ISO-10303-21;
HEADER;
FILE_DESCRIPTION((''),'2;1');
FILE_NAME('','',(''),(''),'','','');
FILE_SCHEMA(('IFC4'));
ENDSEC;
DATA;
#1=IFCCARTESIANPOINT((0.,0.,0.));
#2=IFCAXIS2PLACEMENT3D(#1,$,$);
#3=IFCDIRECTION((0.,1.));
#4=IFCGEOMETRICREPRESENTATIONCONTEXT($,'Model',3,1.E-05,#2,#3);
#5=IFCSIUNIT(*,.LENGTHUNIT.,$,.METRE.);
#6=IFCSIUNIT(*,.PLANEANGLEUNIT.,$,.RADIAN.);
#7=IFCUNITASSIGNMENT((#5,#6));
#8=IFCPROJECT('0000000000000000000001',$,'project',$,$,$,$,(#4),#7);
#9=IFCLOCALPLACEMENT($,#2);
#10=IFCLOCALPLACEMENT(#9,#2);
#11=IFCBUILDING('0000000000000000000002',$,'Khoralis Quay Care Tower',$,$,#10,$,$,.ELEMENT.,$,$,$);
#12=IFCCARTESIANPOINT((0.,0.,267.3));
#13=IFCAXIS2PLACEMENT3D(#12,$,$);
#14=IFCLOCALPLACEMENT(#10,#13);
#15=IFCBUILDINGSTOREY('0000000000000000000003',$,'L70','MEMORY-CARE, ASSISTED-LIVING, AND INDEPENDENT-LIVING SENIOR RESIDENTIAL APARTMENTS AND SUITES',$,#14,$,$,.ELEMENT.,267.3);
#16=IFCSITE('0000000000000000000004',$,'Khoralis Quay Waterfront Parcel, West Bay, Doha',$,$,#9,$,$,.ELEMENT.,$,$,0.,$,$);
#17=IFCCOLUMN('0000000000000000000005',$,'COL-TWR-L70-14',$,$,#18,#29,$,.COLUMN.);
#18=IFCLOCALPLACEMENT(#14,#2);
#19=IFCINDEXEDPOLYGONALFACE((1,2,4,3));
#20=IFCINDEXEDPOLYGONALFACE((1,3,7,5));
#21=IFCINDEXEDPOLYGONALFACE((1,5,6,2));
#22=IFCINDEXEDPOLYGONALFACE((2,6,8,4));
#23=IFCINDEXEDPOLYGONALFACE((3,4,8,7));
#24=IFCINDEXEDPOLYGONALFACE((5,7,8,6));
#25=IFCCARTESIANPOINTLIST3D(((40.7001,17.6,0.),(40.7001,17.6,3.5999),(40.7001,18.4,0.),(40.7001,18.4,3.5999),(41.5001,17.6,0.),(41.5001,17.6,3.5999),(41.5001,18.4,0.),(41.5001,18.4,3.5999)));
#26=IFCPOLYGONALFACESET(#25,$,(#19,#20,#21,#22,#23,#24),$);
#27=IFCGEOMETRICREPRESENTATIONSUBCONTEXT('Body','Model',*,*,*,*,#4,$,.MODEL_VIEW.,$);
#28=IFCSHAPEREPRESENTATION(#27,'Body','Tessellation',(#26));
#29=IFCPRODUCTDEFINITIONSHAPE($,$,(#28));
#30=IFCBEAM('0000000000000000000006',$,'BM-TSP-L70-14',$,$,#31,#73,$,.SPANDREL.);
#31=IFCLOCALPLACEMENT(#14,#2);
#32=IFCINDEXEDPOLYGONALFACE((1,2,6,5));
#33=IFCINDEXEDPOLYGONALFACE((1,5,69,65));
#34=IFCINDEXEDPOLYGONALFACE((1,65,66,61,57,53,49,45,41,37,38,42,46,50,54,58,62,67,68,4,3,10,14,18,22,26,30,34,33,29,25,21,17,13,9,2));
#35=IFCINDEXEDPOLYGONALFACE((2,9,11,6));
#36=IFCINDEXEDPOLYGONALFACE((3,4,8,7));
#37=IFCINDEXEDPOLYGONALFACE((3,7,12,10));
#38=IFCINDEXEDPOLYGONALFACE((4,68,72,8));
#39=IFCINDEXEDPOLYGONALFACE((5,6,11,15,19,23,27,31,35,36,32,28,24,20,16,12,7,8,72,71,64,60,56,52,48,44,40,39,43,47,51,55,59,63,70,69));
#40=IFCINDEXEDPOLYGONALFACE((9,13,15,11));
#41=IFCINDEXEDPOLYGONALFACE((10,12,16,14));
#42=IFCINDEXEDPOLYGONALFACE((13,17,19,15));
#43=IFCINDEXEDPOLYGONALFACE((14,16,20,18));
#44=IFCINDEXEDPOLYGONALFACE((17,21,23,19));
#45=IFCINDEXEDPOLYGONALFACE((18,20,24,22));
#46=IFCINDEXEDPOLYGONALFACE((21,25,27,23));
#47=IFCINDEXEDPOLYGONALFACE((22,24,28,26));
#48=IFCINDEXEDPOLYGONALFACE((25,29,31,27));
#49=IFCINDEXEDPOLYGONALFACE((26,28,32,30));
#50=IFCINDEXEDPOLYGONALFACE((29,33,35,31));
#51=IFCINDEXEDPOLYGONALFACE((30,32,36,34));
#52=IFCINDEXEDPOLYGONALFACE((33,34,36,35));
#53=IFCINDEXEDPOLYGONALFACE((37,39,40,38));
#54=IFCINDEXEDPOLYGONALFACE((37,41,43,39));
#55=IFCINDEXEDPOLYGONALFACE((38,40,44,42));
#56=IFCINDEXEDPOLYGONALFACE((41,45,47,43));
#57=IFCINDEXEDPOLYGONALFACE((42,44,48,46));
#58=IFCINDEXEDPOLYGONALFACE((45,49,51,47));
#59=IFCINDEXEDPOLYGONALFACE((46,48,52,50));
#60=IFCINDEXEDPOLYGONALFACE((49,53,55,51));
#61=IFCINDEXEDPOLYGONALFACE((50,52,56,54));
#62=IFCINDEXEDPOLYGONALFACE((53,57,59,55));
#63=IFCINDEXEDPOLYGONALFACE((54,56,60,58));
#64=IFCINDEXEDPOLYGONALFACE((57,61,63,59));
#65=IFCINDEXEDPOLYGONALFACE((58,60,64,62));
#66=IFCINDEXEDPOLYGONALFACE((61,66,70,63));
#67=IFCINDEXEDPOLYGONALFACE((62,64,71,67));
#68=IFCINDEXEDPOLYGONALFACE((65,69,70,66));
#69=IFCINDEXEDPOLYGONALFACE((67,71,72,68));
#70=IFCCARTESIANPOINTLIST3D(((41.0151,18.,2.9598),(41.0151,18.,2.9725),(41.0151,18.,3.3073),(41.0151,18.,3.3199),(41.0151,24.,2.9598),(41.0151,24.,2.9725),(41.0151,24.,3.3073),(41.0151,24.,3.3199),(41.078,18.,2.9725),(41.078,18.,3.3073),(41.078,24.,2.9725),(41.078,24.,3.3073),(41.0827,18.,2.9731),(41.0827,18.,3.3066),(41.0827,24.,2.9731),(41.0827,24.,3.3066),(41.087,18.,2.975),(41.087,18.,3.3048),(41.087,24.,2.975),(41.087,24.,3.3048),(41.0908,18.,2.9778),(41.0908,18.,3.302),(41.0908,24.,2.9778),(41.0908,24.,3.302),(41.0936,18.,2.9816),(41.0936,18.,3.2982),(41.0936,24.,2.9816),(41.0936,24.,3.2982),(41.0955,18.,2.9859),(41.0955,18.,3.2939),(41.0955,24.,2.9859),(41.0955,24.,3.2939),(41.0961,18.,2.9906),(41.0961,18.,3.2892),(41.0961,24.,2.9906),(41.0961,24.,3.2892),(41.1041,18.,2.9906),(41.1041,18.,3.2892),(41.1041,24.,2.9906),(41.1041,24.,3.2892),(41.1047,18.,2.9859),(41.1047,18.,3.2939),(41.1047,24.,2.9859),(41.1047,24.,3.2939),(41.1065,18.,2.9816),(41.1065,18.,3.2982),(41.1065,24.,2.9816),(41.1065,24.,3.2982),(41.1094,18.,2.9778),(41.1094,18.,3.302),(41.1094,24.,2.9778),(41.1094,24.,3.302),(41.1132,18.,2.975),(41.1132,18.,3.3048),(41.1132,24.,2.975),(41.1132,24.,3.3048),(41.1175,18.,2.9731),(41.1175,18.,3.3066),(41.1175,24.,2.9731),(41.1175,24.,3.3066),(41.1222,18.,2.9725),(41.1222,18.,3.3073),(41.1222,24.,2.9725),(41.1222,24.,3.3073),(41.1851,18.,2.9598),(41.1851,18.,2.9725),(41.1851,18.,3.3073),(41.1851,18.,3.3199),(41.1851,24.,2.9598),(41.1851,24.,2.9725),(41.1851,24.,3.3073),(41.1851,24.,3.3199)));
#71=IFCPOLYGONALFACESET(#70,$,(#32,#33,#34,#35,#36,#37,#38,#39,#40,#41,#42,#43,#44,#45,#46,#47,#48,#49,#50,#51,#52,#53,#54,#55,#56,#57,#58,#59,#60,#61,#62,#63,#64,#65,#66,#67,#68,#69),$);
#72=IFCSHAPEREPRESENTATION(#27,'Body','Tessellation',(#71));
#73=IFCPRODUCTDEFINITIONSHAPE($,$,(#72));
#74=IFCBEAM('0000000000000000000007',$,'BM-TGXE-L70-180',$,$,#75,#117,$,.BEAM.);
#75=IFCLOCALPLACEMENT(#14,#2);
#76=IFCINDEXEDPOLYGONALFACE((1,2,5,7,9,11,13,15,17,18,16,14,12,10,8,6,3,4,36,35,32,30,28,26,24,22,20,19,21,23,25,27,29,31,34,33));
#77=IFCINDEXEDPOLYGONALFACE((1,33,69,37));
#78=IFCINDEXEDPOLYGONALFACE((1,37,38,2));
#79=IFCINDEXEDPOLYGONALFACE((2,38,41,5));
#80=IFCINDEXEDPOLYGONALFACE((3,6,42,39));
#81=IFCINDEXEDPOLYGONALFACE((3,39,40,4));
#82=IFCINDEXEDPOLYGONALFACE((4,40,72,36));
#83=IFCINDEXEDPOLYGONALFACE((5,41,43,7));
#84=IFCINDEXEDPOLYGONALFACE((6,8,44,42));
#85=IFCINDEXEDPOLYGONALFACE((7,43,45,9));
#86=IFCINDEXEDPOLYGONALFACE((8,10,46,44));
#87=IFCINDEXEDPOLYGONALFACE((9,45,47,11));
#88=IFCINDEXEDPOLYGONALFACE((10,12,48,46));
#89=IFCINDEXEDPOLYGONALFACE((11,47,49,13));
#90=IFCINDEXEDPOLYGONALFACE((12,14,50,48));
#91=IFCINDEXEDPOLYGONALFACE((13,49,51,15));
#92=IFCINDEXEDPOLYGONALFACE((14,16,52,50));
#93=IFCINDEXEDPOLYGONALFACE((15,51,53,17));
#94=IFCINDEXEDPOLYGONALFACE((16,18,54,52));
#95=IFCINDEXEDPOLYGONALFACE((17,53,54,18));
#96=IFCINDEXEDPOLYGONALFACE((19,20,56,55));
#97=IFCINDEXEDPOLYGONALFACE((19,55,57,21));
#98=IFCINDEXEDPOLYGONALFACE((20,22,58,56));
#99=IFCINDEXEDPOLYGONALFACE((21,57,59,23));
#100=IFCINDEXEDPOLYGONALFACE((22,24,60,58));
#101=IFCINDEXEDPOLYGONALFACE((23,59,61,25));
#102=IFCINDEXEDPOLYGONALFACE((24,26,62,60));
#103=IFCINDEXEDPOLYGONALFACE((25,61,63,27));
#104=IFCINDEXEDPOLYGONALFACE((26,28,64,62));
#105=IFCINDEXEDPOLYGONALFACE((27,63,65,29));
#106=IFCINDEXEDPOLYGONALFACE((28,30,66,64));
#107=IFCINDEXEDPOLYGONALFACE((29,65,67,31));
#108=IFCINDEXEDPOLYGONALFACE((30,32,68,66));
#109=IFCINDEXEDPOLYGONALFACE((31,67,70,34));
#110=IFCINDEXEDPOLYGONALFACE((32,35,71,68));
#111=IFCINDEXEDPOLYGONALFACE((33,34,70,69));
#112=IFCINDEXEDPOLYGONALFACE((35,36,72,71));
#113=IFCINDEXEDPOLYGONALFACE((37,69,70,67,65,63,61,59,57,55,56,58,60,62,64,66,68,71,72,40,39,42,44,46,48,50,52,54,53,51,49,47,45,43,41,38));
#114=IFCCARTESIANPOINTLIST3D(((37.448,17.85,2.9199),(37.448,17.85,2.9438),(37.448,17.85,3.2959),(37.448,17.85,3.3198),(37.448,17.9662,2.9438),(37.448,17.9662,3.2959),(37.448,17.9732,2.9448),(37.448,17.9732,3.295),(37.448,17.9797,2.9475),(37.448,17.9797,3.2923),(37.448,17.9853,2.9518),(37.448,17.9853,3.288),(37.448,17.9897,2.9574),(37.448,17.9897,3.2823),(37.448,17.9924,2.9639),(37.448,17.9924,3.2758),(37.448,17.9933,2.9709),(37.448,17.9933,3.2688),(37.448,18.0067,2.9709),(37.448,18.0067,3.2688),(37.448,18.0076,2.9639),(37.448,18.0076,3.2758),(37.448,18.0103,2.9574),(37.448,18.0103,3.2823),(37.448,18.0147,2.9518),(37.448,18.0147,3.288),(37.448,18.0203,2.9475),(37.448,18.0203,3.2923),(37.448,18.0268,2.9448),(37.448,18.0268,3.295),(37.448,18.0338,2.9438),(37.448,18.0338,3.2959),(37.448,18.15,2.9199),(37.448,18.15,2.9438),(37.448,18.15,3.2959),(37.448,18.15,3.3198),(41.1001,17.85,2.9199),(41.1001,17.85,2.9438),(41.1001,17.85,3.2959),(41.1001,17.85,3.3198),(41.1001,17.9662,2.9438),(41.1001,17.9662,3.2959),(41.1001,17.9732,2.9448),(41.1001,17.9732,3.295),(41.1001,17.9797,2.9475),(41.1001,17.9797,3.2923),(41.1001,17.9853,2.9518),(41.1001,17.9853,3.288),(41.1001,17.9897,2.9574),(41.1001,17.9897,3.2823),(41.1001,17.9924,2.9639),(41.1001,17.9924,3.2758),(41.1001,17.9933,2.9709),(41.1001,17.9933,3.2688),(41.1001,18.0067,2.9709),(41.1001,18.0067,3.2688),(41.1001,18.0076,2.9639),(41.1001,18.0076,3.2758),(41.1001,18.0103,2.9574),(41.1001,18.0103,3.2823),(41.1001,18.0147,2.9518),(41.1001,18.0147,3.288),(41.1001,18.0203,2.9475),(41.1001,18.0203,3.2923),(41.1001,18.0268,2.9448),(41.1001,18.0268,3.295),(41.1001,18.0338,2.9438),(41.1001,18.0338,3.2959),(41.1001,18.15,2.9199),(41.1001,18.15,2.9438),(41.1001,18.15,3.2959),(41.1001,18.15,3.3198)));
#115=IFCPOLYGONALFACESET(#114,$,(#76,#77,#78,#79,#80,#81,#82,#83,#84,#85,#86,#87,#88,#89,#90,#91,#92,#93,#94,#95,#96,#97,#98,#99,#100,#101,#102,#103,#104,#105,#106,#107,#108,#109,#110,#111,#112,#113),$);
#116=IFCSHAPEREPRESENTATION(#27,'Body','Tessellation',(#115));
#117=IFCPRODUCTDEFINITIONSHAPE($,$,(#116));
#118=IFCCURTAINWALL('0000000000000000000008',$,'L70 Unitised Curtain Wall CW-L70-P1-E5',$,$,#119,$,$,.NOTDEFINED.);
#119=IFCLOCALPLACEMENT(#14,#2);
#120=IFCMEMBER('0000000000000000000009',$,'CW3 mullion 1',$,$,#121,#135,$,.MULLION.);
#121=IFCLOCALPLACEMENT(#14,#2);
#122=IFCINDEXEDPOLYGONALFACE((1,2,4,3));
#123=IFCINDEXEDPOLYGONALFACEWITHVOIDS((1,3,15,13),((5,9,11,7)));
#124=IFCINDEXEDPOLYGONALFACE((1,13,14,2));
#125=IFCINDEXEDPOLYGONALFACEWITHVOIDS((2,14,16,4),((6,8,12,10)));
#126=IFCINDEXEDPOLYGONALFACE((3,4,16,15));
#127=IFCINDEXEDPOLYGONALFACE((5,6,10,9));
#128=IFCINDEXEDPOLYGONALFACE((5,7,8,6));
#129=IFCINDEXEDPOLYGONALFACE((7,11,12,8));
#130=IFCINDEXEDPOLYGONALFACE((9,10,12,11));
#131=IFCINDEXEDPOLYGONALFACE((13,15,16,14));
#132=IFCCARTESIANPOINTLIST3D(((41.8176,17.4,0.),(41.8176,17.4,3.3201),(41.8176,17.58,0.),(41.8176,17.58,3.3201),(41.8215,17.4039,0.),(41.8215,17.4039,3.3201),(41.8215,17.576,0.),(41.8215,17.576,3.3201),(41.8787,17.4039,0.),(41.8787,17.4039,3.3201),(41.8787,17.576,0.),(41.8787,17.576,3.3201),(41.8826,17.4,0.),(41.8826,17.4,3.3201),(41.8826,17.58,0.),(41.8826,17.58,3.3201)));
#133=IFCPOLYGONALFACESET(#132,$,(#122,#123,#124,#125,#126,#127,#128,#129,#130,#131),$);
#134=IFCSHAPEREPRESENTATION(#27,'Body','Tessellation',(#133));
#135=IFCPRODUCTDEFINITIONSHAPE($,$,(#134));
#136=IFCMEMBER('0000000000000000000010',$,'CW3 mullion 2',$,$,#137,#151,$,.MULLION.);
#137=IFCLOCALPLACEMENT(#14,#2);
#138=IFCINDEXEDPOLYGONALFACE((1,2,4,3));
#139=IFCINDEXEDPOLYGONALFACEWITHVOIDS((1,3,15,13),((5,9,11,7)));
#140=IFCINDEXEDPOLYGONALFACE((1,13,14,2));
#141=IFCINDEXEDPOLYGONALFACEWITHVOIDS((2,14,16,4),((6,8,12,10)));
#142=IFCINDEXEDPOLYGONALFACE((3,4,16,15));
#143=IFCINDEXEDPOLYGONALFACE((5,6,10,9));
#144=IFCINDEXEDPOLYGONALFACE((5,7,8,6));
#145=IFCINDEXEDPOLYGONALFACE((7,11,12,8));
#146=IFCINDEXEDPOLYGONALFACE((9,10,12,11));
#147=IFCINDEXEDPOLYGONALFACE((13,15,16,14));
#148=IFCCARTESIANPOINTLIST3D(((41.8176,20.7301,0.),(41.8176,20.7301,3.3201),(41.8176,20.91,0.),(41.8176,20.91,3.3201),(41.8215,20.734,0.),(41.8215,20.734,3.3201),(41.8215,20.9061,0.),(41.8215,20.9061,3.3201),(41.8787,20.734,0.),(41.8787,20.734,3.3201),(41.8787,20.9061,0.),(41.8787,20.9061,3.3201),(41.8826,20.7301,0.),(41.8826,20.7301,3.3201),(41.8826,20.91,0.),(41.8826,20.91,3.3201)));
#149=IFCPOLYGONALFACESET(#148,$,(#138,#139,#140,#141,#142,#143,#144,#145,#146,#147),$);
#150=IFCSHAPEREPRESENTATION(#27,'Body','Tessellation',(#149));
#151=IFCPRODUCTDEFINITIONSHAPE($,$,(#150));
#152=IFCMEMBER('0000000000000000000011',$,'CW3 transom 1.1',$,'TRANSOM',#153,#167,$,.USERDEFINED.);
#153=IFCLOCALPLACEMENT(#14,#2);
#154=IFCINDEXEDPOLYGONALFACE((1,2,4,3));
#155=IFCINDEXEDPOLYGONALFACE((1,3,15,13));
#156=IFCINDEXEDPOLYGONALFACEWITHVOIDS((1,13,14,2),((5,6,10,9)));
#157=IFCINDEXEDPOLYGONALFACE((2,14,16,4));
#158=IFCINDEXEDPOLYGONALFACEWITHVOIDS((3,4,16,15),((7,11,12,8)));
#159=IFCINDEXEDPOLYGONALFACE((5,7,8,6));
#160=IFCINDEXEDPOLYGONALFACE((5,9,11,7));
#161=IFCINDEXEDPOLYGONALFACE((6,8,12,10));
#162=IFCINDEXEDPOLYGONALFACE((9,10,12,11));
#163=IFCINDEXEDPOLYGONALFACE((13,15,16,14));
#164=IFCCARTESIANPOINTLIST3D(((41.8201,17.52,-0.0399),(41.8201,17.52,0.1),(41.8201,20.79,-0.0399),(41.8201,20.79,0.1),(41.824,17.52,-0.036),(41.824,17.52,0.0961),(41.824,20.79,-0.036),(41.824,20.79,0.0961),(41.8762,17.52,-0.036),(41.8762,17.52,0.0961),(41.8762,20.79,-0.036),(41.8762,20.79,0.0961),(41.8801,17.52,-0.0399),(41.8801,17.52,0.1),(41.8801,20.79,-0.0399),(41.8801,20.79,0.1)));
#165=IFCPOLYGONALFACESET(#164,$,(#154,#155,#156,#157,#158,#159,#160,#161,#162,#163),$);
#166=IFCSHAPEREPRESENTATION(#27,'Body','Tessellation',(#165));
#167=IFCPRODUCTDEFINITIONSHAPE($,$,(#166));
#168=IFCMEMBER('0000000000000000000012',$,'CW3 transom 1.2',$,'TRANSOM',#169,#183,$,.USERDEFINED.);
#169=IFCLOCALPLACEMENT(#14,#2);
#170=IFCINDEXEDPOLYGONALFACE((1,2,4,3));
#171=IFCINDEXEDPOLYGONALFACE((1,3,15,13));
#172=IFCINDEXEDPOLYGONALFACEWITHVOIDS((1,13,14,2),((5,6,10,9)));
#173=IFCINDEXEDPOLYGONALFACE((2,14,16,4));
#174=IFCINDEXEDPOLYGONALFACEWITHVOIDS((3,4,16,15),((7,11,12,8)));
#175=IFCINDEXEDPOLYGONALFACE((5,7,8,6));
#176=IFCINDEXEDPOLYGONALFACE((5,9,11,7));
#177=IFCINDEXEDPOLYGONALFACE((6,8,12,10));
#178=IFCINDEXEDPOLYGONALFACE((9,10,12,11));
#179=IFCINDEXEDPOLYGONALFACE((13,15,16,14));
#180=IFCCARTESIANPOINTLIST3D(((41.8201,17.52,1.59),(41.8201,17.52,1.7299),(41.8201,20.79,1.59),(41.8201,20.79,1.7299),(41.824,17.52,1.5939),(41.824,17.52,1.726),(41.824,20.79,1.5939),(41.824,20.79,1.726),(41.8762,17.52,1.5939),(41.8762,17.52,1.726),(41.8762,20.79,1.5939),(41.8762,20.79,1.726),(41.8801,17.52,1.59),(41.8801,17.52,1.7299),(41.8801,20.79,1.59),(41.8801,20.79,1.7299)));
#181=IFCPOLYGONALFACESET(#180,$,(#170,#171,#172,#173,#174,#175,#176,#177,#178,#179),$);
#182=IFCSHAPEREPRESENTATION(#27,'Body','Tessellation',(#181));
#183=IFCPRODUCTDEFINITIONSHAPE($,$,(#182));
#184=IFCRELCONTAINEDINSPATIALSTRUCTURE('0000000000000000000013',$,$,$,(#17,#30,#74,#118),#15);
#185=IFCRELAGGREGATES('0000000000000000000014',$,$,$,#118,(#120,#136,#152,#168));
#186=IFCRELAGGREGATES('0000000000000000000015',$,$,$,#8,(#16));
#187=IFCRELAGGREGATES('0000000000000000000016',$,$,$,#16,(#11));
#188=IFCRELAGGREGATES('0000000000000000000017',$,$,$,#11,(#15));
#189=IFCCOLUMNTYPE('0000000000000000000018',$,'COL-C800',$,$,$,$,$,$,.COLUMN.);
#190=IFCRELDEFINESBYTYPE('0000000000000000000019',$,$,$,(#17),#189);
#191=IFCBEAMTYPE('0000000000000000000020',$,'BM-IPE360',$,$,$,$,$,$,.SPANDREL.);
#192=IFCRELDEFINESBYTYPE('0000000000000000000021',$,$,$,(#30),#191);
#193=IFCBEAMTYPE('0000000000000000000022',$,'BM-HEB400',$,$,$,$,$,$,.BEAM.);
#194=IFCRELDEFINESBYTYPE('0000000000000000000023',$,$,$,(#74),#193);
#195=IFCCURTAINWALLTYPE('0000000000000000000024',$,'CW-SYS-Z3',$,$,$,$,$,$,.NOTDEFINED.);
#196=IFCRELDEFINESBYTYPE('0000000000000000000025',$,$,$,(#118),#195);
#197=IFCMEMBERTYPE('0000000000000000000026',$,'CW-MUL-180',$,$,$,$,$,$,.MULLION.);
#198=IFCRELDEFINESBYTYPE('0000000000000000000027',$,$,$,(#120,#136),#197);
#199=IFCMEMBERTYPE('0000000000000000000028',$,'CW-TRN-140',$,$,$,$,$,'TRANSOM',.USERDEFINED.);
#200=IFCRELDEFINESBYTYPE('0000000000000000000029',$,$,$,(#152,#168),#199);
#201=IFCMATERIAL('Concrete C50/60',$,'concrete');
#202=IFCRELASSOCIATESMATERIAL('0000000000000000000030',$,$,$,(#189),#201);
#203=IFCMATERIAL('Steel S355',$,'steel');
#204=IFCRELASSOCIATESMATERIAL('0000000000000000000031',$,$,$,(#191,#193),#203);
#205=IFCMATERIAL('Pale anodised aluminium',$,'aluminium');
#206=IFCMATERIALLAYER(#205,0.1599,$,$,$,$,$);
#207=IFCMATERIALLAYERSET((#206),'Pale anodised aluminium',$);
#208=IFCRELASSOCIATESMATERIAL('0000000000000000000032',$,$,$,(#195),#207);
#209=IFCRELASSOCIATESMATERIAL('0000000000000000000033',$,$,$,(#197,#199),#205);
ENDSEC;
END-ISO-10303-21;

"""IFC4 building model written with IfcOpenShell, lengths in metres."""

from ifc_helpers import new_model, si_unit, direction, frame, origin, origin_2d, place, context, subcontext, project, spatial, rectangle, hollow_rectangle, i_section, extrude, source, transform, mapped, material, layer, layer_set, material_profile, profile_set, type_object, element, aggregate, save


model = new_model("IFC4")

# Units and contexts
model_context = context("Model", 3, precision=1e-05, world=origin(), true_north=direction((0.0, 1.0)))
body_context = subcontext(model_context, "Body", "Model", "MODEL_VIEW")
ifc_project = project(units=[si_unit("LENGTHUNIT", "METRE"), si_unit("PLANEANGLEUNIT", "RADIAN")], contexts=[model_context])

# Site, building, storey
site_placement = place(None, origin())
site = spatial("IfcSite", under=ifc_project, at=site_placement, Name="Khoralis Quay Waterfront Parcel, West Bay, Doha", CompositionType="ELEMENT", RefElevation=0.0)
building_placement = place(site_placement, origin())
building = spatial("IfcBuilding", under=site, at=building_placement, Name="Khoralis Quay Care Tower", CompositionType="ELEMENT")
storey_placement = place(building_placement, frame((0.0, 0.0, 267.3)))
storey = spatial("IfcBuildingStorey", under=building, at=storey_placement, Name="L70", Description="MEMORY-CARE, ASSISTED-LIVING, AND INDEPENDENT-LIVING SENIOR RESIDENTIAL APARTMENTS AND SUITES", CompositionType="ELEMENT", Elevation=267.3)

# Column
ifc_material_1 = material(Name="Concrete C50/60", Category="concrete")
ifc_material_profile_1 = material_profile(ifc_material_1, rectangle(XDim=0.8, YDim=0.8, at=origin_2d()), Name="Concrete C50/60")
ifc_profile_set_1 = profile_set([ifc_material_profile_1], Name="Concrete C50/60")
column_type = type_object("IfcColumnType", Name="COL-C800", PredefinedType="COLUMN", material=ifc_profile_set_1)
shared_shape_1 = source(origin(), body_context, "Body", "SweptSolid", [
    extrude(rectangle(XDim=0.8, YDim=0.8, at=origin_2d()), origin(), (0.0, 0.0, 1.0), 3.5999),
])
column_placement = place(storey_placement, frame((41.1001, 18.0, 0.0), z_axis=(0.0, 0.0, 1.0), x_axis=(1.0, 0.0, 0.0)))
element("IfcColumn", 1, at=column_placement, inside=storey, type_object=column_type, Name="COL-TWR-L70-14", PredefinedType="COLUMN", context=body_context, shape_type="MappedRepresentation", body=[
    mapped(shared_shape_1, transform((0.0, 0.0, 0.0), scale=1.0)),
])

# Beams
ifc_material_2 = material(Name="Steel S355", Category="steel")
ifc_material_profile_2 = material_profile(ifc_material_2, i_section(OverallWidth=0.1699, OverallDepth=0.3601, WebThickness=0.0081, FlangeThickness=0.0127, FilletRadius=0.0181, at=origin_2d()), Name="Steel S355")
ifc_profile_set_2 = profile_set([ifc_material_profile_2], Name="Steel S355")
beam_type_1 = type_object("IfcBeamType", Name="BM-IPE360", PredefinedType="SPANDREL", material=ifc_profile_set_2)
shared_shape_2 = source(origin(), body_context, "Body", "SweptSolid", [
    extrude(i_section(OverallWidth=0.1699, OverallDepth=0.3601, WebThickness=0.0081, FlangeThickness=0.0127, FilletRadius=0.0181, at=origin_2d()), origin(), (0.0, 0.0, 1.0), 6.0),
])
beam_1_placement = place(storey_placement, frame((41.1001, 18.0, 3.1399), z_axis=(0.0, 1.0, 0.0), x_axis=(-1.0, 0.0, 0.0)))
element("IfcBeam", 2, at=beam_1_placement, inside=storey, type_object=beam_type_1, Name="BM-TSP-L70-14", PredefinedType="SPANDREL", context=body_context, shape_type="MappedRepresentation", body=[
    mapped(shared_shape_2, transform((0.0, 0.0, 0.0), scale=1.0)),
])
ifc_material_profile_3 = material_profile(ifc_material_2, i_section(OverallWidth=0.3, OverallDepth=0.3999, WebThickness=0.0134, FlangeThickness=0.0239, FilletRadius=0.0271, at=origin_2d()), Name="Steel S355")
ifc_profile_set_3 = profile_set([ifc_material_profile_3], Name="Steel S355")
beam_type_2 = type_object("IfcBeamType", Name="BM-HEB400", PredefinedType="BEAM", material=ifc_profile_set_3)
shared_shape_3 = source(origin(), body_context, "Body", "SweptSolid", [
    extrude(i_section(OverallWidth=0.3, OverallDepth=0.3999, WebThickness=0.0134, FlangeThickness=0.0239, FilletRadius=0.0271, at=origin_2d()), origin(), (0.0, 0.0, 1.0), 3.6521),
])
beam_2_placement = place(storey_placement, frame((37.448, 18.0, 3.1199), z_axis=(1.0, 0.0, 0.0), x_axis=(0.0, 1.0, 0.0)))
element("IfcBeam", 3, at=beam_2_placement, inside=storey, type_object=beam_type_2, Name="BM-TGXE-L70-180", PredefinedType="BEAM", context=body_context, shape_type="MappedRepresentation", body=[
    mapped(shared_shape_3, transform((0.0, 0.0, 0.0), scale=1.0)),
])

# Curtain wall, members
ifc_material_3 = material(Name="Pale anodised aluminium", Category="aluminium")
ifc_layer_1 = layer(ifc_material_3, 0.1599)
ifc_layer_set_1 = layer_set([ifc_layer_1], Name="Pale anodised aluminium")
curtain_wall_type = type_object("IfcCurtainWallType", Name="CW-SYS-Z3", PredefinedType="NOTDEFINED", material=ifc_layer_set_1)
curtain_wall_placement = place(storey_placement, origin())
curtain_wall = element("IfcCurtainWall", 4, at=curtain_wall_placement, inside=storey, type_object=curtain_wall_type, Name="L70 Unitised Curtain Wall CW-L70-P1-E5", PredefinedType="NOTDEFINED")
ifc_material_profile_4 = material_profile(ifc_material_3, hollow_rectangle(XDim=0.0649, YDim=0.1799, WallThickness=0.0039, at=origin_2d()), Name="Pale anodised aluminium")
ifc_profile_set_4 = profile_set([ifc_material_profile_4], Name="Pale anodised aluminium")
member_type_1 = type_object("IfcMemberType", Name="CW-MUL-180", PredefinedType="MULLION", material=ifc_profile_set_4)
shared_shape_4 = source(origin(), body_context, "Body", "SweptSolid", [
    extrude(hollow_rectangle(XDim=0.0649, YDim=0.1799, WallThickness=0.0039, at=origin_2d()), origin(), (0.0, 0.0, 1.0), 3.3201),
])
member_1_placement = place(storey_placement, frame((41.8501, 17.49, 0.0), z_axis=(0.0, 0.0, 1.0), x_axis=(-1.0, 0.0, 0.0)))
member_1 = element("IfcMember", 5, at=member_1_placement, type_object=member_type_1, Name="CW3 mullion 1", PredefinedType="MULLION", context=body_context, shape_type="MappedRepresentation", body=[
    mapped(shared_shape_4, transform((0.0, 0.0, 0.0), scale=1.0)),
])
member_2_placement = place(storey_placement, frame((41.8501, 20.8201, 0.0), z_axis=(0.0, 0.0, 1.0), x_axis=(-1.0, 0.0, 0.0)))
member_2 = element("IfcMember", 6, at=member_2_placement, type_object=member_type_1, Name="CW3 mullion 2", PredefinedType="MULLION", context=body_context, shape_type="MappedRepresentation", body=[
    mapped(shared_shape_4, transform((0.0, 0.0, 0.0), scale=1.0)),
])
ifc_material_profile_5 = material_profile(ifc_material_3, hollow_rectangle(XDim=0.0601, YDim=0.1399, WallThickness=0.0039, at=origin_2d()), Name="Pale anodised aluminium")
ifc_profile_set_5 = profile_set([ifc_material_profile_5], Name="Pale anodised aluminium")
member_type_2 = type_object("IfcMemberType", Name="CW-TRN-140", ElementType="TRANSOM", PredefinedType="USERDEFINED", material=ifc_profile_set_5)
shared_shape_5 = source(origin(), body_context, "Body", "SweptSolid", [
    extrude(hollow_rectangle(XDim=0.0601, YDim=0.1399, WallThickness=0.0039, at=origin_2d()), origin(), (0.0, 0.0, 1.0), 3.27),
])
member_3_placement = place(storey_placement, frame((41.8501, 17.52, 0.03), z_axis=(0.0, 1.0, 0.0), x_axis=(-1.0, 0.0, 0.0)))
member_3 = element("IfcMember", 7, at=member_3_placement, type_object=member_type_2, Name="CW3 transom 1.1", ObjectType="TRANSOM", PredefinedType="USERDEFINED", context=body_context, shape_type="MappedRepresentation", body=[
    mapped(shared_shape_5, transform((0.0, 0.0, 0.0), scale=1.0)),
])
member_4_placement = place(storey_placement, frame((41.8501, 17.52, 1.6599), z_axis=(0.0, 1.0, 0.0), x_axis=(-1.0, 0.0, 0.0)))
member_4 = element("IfcMember", 8, at=member_4_placement, type_object=member_type_2, Name="CW3 transom 1.2", ObjectType="TRANSOM", PredefinedType="USERDEFINED", context=body_context, shape_type="MappedRepresentation", body=[
    mapped(shared_shape_5, transform((0.0, 0.0, 0.0), scale=1.0)),
])
aggregate(curtain_wall, [member_1, member_2, member_3, member_4])

save(model, "model.ifc")
